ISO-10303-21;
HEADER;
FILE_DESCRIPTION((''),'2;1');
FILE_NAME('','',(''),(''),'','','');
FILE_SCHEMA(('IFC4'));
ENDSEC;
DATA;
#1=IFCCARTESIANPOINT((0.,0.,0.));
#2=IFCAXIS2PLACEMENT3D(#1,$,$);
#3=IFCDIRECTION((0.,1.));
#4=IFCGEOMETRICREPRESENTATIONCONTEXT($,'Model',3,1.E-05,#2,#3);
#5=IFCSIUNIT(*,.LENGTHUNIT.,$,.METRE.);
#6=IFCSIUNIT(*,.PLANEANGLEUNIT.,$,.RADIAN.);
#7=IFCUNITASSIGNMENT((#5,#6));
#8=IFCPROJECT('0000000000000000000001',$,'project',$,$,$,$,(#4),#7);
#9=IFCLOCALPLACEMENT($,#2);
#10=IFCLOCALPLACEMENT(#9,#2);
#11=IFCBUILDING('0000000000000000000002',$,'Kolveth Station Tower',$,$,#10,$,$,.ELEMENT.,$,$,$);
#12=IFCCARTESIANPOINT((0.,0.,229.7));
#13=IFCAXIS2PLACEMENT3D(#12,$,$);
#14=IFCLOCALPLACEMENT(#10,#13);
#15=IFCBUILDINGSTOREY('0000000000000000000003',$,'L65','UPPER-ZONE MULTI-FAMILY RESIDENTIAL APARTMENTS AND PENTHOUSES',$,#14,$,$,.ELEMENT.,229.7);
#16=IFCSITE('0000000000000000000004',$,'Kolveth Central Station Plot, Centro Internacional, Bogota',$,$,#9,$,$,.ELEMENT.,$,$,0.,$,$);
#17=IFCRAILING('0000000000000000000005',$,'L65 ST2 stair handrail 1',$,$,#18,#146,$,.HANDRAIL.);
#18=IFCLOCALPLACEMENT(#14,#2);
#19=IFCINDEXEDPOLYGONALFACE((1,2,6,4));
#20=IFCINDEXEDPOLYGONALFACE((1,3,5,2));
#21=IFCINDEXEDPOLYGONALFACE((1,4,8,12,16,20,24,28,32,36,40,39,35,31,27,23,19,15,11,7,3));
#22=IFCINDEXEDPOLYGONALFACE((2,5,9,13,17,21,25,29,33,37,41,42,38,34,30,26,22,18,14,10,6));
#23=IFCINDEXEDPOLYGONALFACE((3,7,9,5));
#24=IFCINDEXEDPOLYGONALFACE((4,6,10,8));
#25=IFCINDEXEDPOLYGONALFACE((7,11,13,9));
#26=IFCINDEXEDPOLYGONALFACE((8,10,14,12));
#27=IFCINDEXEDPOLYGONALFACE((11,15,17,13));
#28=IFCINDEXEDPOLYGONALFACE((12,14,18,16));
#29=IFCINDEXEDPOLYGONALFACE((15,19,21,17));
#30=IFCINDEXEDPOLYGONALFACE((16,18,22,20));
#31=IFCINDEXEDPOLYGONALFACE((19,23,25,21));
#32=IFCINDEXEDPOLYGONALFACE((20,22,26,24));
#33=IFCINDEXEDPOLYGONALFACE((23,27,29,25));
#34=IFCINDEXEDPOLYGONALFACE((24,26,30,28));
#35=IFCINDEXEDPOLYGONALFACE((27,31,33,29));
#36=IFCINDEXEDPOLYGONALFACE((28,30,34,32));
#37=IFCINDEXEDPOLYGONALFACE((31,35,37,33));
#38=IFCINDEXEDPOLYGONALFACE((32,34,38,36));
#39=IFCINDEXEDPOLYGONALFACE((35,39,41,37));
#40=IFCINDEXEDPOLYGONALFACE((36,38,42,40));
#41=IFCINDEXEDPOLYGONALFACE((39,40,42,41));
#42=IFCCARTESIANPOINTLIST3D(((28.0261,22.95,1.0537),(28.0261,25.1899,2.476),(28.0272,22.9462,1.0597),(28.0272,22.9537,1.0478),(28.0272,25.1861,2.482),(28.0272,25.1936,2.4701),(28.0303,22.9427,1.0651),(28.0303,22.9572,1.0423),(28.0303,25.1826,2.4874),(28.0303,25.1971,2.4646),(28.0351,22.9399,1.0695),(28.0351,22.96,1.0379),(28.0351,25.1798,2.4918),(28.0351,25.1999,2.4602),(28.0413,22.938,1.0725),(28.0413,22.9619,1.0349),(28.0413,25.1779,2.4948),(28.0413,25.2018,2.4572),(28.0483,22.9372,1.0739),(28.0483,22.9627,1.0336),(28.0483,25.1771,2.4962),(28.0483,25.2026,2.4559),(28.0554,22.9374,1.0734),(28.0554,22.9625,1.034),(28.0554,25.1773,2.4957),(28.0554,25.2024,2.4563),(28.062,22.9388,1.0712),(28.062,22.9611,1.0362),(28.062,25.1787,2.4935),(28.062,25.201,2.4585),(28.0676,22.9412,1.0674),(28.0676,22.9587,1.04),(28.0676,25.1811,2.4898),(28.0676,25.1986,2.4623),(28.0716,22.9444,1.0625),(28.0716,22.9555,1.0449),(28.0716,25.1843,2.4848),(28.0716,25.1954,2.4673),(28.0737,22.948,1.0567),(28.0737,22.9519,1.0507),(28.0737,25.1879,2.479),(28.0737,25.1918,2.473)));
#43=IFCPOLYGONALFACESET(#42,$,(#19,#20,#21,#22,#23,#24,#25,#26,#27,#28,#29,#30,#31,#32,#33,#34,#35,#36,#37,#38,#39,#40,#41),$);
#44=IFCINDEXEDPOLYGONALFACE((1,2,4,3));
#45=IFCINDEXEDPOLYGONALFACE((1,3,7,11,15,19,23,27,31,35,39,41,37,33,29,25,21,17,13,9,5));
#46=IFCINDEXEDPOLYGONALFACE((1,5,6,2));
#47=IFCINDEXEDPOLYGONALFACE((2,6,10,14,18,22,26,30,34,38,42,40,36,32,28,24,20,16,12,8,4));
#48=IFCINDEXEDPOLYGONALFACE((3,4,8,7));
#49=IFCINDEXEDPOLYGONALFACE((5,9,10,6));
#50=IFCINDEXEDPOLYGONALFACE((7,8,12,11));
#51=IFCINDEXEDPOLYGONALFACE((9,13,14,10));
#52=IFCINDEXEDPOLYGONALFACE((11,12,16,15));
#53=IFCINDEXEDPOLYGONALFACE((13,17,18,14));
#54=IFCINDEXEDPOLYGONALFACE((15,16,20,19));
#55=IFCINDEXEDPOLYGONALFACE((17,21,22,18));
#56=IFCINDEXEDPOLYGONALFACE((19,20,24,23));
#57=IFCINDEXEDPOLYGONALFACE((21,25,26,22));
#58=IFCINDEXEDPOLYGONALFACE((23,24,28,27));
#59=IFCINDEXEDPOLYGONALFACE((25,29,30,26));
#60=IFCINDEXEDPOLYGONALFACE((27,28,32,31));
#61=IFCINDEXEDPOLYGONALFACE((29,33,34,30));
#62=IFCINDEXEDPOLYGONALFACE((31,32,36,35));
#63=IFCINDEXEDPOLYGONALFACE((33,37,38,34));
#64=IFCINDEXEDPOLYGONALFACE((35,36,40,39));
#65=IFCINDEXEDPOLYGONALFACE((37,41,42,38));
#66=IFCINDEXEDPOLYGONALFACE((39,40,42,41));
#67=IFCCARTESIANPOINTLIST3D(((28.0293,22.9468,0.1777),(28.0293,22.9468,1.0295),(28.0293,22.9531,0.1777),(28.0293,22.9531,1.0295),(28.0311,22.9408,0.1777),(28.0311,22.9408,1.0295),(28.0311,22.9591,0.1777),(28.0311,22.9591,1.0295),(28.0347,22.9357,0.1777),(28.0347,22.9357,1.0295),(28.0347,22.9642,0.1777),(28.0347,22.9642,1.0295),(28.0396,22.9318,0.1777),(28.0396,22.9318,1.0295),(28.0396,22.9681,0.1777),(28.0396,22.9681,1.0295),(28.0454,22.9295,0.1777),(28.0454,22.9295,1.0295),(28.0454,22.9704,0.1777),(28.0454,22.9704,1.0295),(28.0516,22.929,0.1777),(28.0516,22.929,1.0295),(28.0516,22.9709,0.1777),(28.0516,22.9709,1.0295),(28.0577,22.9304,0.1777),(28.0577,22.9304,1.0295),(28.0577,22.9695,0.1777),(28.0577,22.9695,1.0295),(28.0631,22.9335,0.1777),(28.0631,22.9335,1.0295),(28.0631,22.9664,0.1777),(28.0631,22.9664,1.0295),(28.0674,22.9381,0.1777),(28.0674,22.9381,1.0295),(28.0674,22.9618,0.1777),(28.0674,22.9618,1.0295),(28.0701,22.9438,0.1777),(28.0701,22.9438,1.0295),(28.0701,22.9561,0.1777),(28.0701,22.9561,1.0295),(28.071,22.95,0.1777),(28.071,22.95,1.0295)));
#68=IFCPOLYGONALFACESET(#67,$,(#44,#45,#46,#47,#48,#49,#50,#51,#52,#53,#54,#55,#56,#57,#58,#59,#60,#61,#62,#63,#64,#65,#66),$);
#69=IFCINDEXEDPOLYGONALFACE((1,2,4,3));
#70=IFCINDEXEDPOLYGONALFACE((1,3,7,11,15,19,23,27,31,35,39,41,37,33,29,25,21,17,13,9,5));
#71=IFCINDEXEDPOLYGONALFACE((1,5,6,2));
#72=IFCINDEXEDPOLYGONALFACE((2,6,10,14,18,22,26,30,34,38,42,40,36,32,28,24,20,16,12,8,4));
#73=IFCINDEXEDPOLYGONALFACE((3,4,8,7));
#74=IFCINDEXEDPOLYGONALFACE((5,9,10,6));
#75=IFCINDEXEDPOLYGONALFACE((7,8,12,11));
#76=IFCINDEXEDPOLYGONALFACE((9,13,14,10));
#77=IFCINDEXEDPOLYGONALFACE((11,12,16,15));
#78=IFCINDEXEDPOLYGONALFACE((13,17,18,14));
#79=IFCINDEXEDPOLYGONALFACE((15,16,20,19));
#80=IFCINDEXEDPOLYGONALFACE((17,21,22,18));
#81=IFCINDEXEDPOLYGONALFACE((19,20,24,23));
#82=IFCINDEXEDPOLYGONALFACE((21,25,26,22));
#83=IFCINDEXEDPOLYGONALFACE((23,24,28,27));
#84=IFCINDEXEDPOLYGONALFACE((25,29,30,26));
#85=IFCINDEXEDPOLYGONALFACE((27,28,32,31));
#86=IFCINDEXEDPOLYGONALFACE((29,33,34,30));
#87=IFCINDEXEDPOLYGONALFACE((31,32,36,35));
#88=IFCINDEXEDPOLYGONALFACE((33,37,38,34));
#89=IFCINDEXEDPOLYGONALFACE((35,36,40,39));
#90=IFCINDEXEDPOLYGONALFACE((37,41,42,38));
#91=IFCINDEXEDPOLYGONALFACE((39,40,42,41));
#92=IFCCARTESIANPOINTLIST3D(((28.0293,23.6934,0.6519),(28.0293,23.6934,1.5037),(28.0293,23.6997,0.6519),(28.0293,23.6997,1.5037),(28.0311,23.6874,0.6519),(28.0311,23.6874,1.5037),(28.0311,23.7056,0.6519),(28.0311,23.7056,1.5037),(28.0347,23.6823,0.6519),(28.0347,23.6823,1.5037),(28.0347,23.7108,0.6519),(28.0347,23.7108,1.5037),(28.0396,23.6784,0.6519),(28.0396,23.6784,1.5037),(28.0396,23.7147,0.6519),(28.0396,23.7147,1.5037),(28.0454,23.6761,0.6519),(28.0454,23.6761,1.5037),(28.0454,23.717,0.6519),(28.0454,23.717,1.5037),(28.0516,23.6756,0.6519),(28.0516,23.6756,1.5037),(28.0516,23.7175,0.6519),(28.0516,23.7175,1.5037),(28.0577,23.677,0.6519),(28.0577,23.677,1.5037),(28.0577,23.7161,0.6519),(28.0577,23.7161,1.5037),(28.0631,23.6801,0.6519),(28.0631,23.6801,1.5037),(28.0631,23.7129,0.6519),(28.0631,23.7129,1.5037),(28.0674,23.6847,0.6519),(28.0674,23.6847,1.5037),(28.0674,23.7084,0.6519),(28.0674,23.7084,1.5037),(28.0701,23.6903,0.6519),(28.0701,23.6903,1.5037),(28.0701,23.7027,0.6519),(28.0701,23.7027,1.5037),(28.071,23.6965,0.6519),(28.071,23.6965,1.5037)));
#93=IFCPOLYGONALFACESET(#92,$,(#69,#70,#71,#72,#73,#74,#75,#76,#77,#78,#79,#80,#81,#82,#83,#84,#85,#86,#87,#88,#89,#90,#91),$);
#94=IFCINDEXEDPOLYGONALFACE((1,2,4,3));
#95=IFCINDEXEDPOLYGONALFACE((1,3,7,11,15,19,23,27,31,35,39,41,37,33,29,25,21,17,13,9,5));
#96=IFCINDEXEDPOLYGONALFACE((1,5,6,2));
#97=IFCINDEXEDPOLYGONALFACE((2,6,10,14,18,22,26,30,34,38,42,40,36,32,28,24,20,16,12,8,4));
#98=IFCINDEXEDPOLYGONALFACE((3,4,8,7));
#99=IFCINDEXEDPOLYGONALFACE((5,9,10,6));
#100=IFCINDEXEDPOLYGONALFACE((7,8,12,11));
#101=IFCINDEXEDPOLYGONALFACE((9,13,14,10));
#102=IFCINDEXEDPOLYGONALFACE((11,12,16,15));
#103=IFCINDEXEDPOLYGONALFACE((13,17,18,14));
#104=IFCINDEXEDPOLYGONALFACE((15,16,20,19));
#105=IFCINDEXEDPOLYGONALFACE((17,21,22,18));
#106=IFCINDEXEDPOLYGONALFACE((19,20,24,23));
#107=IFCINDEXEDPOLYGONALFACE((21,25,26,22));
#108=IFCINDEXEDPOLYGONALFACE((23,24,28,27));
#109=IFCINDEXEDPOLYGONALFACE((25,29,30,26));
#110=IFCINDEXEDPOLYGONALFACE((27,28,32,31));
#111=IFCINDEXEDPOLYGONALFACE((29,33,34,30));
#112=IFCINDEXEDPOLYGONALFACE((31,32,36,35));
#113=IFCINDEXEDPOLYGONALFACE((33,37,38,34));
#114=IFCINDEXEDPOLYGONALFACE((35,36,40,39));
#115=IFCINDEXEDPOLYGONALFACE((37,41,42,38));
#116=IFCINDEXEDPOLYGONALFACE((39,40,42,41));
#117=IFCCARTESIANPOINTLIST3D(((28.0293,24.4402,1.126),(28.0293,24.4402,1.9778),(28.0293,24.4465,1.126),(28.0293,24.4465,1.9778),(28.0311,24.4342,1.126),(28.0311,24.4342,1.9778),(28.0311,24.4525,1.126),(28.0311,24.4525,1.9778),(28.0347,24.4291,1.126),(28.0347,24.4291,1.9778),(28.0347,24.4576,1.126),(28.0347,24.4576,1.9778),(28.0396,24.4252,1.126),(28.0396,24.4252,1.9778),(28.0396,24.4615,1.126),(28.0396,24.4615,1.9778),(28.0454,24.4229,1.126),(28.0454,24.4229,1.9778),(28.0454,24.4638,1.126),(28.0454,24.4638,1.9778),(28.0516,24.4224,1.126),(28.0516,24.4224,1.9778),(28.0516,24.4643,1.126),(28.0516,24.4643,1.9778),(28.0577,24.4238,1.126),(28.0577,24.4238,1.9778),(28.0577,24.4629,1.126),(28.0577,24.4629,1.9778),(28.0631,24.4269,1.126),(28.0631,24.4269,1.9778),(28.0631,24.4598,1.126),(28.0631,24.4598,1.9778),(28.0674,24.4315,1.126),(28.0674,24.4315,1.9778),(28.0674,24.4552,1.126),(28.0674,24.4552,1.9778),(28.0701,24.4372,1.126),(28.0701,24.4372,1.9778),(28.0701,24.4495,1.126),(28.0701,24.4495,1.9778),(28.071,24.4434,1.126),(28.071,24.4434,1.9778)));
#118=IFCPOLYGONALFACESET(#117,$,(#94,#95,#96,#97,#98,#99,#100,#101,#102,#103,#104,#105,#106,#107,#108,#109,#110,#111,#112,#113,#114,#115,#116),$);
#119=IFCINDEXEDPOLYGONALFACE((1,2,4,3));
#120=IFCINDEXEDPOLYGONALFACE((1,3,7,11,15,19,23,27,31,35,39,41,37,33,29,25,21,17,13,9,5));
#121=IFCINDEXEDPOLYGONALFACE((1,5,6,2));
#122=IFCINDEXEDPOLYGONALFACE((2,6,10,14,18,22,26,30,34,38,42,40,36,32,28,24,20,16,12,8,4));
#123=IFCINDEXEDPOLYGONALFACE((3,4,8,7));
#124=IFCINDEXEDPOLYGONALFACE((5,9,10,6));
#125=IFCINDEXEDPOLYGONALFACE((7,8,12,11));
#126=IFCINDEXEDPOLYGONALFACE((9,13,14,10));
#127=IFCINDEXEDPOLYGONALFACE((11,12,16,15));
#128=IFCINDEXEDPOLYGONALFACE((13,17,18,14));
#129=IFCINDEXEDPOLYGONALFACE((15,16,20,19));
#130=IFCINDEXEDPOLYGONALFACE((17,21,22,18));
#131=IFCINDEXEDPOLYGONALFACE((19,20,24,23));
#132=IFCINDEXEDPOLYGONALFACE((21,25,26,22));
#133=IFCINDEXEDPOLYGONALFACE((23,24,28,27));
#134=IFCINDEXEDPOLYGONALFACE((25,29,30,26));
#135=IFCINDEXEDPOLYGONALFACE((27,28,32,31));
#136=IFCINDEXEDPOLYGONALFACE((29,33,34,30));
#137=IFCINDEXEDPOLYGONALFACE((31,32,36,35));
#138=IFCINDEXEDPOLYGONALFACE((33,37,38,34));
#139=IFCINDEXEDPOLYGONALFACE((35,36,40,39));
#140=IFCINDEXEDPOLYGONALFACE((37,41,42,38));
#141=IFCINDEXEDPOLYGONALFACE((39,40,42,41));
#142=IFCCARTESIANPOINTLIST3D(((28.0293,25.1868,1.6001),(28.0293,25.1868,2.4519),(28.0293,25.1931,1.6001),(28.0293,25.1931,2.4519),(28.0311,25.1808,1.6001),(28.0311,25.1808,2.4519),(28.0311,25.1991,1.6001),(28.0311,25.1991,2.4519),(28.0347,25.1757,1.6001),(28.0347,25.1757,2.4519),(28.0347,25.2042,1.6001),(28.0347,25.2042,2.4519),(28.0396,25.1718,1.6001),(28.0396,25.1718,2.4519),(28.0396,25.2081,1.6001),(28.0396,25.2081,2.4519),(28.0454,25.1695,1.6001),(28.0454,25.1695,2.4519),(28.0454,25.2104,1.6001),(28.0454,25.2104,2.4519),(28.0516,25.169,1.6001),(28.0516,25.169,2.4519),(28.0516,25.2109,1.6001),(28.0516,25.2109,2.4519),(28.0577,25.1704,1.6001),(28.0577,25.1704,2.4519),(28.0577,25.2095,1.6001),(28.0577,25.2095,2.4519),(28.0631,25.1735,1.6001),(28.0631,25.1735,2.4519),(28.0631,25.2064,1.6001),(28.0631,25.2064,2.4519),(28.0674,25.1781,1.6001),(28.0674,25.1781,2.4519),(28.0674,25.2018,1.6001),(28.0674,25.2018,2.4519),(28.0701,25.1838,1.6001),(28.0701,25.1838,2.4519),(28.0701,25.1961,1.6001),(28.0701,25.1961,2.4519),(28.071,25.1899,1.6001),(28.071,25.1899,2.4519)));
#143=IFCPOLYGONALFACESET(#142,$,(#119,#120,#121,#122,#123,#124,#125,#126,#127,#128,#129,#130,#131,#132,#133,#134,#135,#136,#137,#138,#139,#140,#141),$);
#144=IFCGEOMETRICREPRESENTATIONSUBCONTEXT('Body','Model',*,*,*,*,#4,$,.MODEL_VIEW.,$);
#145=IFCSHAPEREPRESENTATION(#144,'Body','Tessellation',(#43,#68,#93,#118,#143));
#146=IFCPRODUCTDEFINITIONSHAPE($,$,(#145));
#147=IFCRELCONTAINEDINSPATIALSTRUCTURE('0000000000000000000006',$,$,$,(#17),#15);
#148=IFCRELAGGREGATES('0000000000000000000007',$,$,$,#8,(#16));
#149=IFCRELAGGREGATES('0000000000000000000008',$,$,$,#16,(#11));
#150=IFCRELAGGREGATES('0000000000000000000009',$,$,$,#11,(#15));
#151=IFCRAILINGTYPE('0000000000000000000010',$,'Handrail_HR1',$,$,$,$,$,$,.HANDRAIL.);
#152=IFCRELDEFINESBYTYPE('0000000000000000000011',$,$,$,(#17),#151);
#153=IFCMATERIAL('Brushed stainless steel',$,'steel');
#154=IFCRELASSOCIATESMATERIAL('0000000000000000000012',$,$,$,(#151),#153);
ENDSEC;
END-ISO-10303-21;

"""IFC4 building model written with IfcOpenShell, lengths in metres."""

from ifc_helpers import new_model, si_unit, direction, frame, origin, origin_2d, place, context, subcontext, project, spatial, circle, extrude, material, type_object, element, save


model = new_model("IFC4")

# Units and contexts
model_context = context("Model", 3, precision=1e-05, world=origin(), true_north=direction((0.0, 1.0)))
body_context = subcontext(model_context, "Body", "Model", "MODEL_VIEW")
ifc_project = project(units=[si_unit("LENGTHUNIT", "METRE"), si_unit("PLANEANGLEUNIT", "RADIAN")], contexts=[model_context])

# Site, building, storey
site_placement = place(None, origin())
site = spatial("IfcSite", under=ifc_project, at=site_placement, Name="Kolveth Central Station Plot, Centro Internacional, Bogota", CompositionType="ELEMENT", RefElevation=0.0)
building_placement = place(site_placement, origin())
building = spatial("IfcBuilding", under=site, at=building_placement, Name="Kolveth Station Tower", CompositionType="ELEMENT")
storey_placement = place(building_placement, frame((0.0, 0.0, 229.7)))
storey = spatial("IfcBuildingStorey", under=building, at=storey_placement, Name="L65", Description="UPPER-ZONE MULTI-FAMILY RESIDENTIAL APARTMENTS AND PENTHOUSES", CompositionType="ELEMENT", Elevation=229.7)

# Railing
ifc_material_1 = material(Name="Brushed stainless steel", Category="steel")
railing_type_1 = type_object("IfcRailingType", Name="Handrail_HR1", PredefinedType="HANDRAIL", material=ifc_material_1)
for number, where, name in (
    (1, (28.05, 22.95, 0.1777), "L65 ST2 stair handrail 1"),
):
    element("IfcRailing", number, at=place(storey_placement, frame(where)), inside=storey, type_object=railing_type_1, Name=name, PredefinedType="HANDRAIL", context=body_context, shape_type="SweptSolid", body=[
        extrude(circle(Radius=0.0239, at=origin_2d()), frame((0.0, 0.0, 0.876), z_axis=(0.0, 0.844188, 0.536048), x_axis=(-1.0, 0.0, 0.0)), (0.0, 0.0, 1.0), 2.6533),
        extrude(circle(Radius=0.021, at=origin_2d()), origin(), (0.0, 0.0, 1.0), 0.8518),
        extrude(circle(Radius=0.021, at=origin_2d()), frame((0.0, 0.7466, 0.4741)), (0.0, 0.0, 1.0), 0.8518),
        extrude(circle(Radius=0.021, at=origin_2d()), frame((0.0, 1.4934, 0.9482)), (0.0, 0.0, 1.0), 0.8518),
        extrude(circle(Radius=0.021, at=origin_2d()), frame((0.0, 2.24, 1.4224)), (0.0, 0.0, 1.0), 0.8518),
    ])

save(model, "model.ifc")
